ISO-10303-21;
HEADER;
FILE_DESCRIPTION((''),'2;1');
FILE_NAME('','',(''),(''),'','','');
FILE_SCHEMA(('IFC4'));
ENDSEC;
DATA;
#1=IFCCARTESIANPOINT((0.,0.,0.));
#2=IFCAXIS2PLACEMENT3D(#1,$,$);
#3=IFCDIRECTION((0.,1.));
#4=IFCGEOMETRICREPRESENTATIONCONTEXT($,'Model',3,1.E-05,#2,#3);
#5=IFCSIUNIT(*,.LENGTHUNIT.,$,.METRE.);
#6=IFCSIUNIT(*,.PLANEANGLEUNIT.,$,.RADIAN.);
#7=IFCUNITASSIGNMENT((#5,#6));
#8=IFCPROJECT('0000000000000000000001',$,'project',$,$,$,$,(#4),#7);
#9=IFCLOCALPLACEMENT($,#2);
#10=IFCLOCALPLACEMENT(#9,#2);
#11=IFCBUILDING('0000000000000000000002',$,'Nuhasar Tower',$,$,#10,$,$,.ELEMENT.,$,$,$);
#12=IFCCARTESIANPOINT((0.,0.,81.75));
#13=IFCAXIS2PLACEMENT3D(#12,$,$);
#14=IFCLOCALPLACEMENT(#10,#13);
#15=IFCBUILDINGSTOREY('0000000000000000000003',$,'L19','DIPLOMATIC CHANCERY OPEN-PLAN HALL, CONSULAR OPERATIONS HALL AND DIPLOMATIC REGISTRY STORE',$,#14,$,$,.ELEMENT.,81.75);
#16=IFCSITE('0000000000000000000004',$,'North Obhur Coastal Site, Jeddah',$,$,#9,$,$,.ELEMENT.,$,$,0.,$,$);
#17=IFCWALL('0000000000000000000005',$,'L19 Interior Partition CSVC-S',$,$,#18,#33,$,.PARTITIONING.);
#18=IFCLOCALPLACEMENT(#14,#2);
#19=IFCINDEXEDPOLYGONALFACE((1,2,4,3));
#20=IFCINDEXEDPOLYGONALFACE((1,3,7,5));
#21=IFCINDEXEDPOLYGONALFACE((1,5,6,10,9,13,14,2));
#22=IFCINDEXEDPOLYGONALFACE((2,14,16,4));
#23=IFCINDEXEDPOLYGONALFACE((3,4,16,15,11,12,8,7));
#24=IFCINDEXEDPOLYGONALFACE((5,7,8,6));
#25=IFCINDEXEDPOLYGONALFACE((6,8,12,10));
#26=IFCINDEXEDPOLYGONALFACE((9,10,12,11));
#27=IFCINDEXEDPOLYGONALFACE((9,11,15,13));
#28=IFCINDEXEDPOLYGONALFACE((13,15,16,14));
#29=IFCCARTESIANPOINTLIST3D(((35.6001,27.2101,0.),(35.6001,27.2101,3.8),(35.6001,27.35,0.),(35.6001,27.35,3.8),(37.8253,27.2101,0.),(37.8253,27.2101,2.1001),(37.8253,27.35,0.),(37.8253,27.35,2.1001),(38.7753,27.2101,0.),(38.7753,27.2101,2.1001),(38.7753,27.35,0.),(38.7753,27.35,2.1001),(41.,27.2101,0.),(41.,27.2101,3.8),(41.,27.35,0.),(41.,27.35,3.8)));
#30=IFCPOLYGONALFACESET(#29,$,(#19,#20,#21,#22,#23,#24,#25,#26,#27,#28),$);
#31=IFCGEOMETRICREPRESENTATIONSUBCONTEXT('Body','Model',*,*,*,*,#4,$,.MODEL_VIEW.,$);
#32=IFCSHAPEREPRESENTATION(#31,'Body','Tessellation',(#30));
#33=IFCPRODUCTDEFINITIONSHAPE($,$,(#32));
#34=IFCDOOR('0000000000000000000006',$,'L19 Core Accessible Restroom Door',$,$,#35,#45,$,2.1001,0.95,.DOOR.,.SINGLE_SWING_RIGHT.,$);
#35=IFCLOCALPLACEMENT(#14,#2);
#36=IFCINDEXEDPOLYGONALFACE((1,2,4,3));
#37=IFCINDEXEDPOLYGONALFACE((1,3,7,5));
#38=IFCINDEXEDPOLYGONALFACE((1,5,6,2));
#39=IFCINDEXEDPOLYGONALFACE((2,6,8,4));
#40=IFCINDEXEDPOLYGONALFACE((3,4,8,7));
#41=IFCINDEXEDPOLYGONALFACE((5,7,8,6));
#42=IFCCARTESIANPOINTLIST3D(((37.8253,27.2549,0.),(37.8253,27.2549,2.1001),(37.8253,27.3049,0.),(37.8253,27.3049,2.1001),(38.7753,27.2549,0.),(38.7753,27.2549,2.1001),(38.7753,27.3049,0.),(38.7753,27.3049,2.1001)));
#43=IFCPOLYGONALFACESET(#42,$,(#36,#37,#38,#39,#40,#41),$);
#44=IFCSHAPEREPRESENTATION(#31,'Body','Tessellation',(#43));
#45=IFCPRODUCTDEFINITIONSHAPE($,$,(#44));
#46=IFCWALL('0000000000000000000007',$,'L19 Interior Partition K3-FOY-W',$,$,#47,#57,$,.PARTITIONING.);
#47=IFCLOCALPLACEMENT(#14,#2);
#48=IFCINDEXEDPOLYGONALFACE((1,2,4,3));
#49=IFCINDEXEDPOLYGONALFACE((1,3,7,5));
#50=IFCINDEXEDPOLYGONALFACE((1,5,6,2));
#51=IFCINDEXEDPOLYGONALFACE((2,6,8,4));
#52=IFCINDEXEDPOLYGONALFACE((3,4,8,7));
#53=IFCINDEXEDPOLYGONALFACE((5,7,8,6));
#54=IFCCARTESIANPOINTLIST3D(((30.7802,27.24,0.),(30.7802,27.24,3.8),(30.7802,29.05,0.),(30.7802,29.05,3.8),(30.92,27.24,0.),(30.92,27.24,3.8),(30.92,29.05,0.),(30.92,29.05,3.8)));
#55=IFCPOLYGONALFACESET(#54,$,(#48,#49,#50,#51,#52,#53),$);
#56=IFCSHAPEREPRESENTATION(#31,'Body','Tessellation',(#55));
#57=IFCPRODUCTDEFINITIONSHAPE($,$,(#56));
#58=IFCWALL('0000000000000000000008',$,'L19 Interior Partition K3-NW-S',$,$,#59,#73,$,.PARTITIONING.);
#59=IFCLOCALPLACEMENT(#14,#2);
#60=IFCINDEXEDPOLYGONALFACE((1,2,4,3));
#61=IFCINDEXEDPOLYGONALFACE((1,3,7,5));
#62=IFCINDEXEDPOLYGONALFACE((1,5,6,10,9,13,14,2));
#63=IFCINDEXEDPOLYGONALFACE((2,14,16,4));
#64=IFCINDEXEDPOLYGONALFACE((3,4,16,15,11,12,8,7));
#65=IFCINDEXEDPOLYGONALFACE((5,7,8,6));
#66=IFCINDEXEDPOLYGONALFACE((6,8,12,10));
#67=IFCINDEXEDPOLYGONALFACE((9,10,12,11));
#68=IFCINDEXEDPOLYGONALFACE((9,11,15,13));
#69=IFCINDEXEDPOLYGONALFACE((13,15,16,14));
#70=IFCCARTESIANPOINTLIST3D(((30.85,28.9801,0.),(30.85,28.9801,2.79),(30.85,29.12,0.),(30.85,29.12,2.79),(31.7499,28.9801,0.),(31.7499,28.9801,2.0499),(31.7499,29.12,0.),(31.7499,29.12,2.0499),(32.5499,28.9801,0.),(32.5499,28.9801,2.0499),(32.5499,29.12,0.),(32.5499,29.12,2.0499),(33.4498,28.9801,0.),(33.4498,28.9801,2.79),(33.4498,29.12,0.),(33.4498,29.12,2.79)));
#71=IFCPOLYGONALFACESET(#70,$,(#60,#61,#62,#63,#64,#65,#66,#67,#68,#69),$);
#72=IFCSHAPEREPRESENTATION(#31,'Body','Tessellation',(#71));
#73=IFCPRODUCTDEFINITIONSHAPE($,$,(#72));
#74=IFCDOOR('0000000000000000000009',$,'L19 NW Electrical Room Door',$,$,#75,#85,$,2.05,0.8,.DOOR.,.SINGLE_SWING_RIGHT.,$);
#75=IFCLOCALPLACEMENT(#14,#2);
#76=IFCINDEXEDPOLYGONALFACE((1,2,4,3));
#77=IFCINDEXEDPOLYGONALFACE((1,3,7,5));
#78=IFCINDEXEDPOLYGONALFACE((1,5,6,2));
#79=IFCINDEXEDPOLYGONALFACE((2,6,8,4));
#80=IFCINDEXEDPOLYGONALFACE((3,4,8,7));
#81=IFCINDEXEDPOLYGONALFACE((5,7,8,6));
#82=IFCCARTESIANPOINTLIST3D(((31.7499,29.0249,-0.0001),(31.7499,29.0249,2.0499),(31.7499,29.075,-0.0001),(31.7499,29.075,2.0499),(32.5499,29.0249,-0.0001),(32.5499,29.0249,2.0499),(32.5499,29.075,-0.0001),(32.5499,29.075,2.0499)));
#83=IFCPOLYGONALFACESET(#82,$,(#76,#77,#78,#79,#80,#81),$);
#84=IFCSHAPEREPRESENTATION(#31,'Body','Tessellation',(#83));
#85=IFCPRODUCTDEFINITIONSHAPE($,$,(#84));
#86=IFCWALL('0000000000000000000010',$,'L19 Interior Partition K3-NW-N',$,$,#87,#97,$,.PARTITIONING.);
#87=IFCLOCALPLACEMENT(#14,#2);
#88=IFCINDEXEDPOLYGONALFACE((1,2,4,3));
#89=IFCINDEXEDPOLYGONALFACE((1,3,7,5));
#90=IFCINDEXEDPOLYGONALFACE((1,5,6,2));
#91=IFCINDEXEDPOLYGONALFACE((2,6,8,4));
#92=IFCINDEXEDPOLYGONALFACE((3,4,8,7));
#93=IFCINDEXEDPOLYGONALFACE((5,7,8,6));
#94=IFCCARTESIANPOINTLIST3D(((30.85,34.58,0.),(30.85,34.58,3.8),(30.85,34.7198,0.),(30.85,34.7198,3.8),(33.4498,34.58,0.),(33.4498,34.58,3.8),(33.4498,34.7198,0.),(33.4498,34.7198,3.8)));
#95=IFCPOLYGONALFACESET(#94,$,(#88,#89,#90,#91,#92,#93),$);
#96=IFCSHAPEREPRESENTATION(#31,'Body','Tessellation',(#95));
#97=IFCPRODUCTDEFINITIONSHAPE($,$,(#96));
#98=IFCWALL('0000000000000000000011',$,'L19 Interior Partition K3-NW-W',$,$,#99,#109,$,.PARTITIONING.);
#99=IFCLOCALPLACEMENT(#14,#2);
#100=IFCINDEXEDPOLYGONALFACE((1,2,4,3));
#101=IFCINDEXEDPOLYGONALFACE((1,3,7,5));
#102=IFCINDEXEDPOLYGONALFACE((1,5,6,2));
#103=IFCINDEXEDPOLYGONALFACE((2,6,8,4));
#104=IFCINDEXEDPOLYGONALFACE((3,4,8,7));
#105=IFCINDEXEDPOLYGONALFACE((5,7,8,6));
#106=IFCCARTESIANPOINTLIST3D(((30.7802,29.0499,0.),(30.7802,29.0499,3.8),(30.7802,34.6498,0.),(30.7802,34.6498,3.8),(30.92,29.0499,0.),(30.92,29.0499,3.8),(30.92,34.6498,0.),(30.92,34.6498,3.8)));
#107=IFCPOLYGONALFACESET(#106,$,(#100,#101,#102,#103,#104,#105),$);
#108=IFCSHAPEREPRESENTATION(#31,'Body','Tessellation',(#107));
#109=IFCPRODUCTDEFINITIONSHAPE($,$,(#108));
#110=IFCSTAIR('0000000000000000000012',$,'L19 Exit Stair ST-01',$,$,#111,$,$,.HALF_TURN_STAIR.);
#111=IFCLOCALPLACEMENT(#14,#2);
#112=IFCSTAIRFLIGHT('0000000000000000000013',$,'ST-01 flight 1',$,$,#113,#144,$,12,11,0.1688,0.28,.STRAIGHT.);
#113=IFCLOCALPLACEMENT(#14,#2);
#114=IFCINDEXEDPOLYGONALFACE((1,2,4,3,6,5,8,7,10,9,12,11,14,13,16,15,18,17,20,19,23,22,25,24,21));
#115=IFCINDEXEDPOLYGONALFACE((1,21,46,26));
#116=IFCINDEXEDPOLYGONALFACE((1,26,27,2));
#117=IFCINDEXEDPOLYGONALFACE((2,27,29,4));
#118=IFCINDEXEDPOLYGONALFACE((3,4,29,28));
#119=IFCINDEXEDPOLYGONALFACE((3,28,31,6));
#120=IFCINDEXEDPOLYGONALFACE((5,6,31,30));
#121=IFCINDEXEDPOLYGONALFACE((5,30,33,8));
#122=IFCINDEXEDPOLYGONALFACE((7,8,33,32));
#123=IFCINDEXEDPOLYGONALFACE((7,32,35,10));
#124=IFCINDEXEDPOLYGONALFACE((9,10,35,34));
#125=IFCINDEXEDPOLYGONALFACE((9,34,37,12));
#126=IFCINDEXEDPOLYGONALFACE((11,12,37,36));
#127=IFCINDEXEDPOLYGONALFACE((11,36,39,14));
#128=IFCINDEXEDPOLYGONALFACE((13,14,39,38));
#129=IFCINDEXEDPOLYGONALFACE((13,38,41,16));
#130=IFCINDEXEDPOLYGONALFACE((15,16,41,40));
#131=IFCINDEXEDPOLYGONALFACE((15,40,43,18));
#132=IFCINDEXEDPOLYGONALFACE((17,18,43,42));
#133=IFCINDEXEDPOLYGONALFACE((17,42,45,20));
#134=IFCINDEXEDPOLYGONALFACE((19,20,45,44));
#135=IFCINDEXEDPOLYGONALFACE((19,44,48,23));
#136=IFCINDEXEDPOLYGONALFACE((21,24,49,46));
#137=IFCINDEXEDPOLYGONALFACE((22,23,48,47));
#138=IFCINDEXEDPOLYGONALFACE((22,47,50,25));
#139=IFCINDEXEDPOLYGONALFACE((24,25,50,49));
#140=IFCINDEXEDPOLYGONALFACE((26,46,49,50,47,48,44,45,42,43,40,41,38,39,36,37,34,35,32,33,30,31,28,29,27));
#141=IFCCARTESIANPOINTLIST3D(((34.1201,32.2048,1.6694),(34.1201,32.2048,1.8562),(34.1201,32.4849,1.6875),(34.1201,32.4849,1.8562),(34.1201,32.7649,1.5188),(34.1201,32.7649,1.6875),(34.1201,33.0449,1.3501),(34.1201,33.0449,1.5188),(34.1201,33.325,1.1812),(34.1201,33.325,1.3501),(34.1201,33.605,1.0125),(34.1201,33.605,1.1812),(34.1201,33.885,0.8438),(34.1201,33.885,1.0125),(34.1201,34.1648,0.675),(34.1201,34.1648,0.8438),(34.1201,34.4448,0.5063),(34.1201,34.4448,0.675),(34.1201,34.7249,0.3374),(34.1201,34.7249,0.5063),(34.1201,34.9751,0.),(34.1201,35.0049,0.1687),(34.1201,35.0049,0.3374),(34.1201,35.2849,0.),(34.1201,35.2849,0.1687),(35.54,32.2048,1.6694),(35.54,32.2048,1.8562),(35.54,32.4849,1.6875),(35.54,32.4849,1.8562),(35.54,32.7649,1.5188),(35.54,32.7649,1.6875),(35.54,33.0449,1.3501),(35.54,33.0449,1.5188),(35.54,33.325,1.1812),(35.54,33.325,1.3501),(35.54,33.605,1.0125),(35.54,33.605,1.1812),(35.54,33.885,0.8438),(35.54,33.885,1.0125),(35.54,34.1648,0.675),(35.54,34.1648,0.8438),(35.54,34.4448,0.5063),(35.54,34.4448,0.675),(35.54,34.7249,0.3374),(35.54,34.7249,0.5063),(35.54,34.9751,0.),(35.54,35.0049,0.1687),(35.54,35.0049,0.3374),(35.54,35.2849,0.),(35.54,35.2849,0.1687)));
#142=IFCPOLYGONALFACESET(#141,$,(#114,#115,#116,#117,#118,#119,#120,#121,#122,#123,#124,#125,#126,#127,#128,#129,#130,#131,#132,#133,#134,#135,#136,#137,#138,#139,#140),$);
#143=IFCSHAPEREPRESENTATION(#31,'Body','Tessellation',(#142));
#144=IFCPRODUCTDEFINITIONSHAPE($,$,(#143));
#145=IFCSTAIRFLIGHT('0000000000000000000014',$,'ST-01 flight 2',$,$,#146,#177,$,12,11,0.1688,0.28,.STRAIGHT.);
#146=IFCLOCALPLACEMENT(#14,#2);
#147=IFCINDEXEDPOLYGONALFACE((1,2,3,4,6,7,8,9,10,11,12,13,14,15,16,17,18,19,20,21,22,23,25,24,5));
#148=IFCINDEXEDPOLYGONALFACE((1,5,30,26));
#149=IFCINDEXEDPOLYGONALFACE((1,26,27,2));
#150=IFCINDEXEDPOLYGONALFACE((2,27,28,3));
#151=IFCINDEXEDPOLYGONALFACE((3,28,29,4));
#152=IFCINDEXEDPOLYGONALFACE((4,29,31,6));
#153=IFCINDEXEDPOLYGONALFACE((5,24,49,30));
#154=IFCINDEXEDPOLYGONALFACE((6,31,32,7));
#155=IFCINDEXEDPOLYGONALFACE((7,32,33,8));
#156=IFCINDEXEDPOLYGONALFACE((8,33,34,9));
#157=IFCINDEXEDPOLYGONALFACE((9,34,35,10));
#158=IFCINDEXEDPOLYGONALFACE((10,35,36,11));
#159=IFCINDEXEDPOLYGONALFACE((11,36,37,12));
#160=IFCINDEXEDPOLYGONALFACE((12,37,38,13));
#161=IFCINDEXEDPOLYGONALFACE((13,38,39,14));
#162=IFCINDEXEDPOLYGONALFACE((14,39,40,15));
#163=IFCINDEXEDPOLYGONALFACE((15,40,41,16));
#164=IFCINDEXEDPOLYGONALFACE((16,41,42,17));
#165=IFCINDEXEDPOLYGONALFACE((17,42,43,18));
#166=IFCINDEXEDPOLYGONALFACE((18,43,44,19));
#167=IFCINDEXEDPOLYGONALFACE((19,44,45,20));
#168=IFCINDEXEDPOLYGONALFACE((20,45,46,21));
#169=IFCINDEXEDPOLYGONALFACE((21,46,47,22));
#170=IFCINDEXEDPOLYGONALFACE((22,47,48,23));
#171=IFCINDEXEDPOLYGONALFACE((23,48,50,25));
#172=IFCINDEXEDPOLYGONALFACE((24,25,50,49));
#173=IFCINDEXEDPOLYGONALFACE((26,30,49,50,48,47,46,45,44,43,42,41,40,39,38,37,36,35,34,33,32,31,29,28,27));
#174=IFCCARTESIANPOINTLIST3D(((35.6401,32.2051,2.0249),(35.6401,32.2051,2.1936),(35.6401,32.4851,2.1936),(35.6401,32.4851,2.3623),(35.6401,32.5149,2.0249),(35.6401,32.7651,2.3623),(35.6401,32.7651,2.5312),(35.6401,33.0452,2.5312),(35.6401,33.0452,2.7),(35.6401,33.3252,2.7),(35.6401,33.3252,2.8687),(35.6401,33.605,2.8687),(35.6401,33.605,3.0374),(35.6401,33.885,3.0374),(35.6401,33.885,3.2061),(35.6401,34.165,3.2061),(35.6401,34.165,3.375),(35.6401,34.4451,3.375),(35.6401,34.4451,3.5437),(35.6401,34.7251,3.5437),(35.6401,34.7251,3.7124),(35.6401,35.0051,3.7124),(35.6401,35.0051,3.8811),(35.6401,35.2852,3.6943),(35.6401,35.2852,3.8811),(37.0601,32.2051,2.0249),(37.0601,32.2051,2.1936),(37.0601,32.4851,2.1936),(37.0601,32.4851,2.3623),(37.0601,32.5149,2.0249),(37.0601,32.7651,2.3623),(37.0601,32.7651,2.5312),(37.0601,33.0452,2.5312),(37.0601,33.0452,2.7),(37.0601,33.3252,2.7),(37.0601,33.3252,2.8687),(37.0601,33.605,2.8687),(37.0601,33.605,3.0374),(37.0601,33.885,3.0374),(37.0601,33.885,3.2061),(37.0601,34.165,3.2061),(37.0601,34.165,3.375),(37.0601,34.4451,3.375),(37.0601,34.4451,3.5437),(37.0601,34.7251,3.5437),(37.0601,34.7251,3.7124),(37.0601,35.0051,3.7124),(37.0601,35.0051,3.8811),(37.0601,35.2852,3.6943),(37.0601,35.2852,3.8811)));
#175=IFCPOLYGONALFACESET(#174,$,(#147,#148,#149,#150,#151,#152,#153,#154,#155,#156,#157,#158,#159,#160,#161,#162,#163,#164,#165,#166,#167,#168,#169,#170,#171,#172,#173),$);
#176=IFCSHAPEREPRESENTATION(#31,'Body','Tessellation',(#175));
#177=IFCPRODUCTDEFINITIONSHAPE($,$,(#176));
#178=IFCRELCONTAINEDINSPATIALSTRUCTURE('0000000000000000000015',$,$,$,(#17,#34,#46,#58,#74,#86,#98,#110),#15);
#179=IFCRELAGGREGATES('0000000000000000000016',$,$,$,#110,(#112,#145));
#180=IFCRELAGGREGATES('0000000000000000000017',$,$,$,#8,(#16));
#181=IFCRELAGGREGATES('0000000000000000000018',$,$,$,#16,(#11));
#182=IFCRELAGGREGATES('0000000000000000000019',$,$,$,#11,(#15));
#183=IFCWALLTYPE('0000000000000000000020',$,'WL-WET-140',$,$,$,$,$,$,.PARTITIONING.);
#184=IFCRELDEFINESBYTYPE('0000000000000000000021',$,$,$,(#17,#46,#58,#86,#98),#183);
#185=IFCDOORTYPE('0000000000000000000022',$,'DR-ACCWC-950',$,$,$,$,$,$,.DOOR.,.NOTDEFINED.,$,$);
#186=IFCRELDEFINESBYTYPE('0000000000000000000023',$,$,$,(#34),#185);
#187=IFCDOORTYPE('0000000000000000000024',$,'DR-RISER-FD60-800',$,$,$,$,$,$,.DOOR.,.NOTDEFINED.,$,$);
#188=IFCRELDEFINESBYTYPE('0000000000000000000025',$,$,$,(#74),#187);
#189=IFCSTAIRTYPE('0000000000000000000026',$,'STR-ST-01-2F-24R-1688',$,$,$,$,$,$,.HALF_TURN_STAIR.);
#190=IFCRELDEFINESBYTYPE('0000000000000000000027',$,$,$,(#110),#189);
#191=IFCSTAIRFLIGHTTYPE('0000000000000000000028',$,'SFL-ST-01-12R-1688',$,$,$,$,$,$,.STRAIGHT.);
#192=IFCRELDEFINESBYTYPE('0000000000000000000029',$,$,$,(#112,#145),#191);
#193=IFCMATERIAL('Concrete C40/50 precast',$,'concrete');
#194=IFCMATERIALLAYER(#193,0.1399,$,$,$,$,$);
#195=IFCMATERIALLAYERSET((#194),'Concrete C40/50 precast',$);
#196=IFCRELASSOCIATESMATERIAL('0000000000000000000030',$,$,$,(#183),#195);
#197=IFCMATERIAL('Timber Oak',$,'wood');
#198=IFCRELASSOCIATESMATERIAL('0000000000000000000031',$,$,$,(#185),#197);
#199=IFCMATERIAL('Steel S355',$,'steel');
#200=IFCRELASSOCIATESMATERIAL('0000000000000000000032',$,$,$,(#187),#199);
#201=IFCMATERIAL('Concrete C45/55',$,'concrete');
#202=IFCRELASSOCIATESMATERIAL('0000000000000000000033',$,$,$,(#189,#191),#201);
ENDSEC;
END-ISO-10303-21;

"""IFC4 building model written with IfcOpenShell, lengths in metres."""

from ifc_helpers import new_model, si_unit, direction, frame, frame_2d, origin, place, context, subcontext, project, spatial, polyline, rectangle, outline, extrude, material, layer, layer_set, type_object, element, fill, aggregate, save


model = new_model("IFC4")

# Units and contexts
model_context = context("Model", 3, precision=1e-05, world=origin(), true_north=direction((0.0, 1.0)))
body_context = subcontext(model_context, "Body", "Model", "MODEL_VIEW")
ifc_project = project(units=[si_unit("LENGTHUNIT", "METRE"), si_unit("PLANEANGLEUNIT", "RADIAN")], contexts=[model_context])

# Site, building, storey
site_placement = place(None, origin())
site = spatial("IfcSite", under=ifc_project, at=site_placement, Name="North Obhur Coastal Site, Jeddah", CompositionType="ELEMENT", RefElevation=0.0)
building_placement = place(site_placement, origin())
building = spatial("IfcBuilding", under=site, at=building_placement, Name="Nuhasar Tower", CompositionType="ELEMENT")
storey_placement = place(building_placement, frame((0.0, 0.0, 81.75)))
storey = spatial("IfcBuildingStorey", under=building, at=storey_placement, Name="L19", Description="DIPLOMATIC CHANCERY OPEN-PLAN HALL, CONSULAR OPERATIONS HALL AND DIPLOMATIC REGISTRY STORE", CompositionType="ELEMENT", Elevation=81.75)

# Shared definitions
ifc_material_1 = material(Name="Steel S355", Category="steel")

# Shared definitions
ifc_material_2 = material(Name="Concrete C40/50 precast", Category="concrete")
ifc_layer_1 = layer(ifc_material_2, 0.1399)
ifc_layer_set_1 = layer_set([ifc_layer_1], Name="Concrete C40/50 precast")
wall_type_1 = type_object("IfcWallType", Name="WL-WET-140", PredefinedType="PARTITIONING", material=ifc_layer_set_1)

# Wall, opening, door
wall_1_placement = place(storey_placement, frame((35.6001, 27.28, 0.0), z_axis=(0.0, 0.0, 1.0), x_axis=(1.0, 0.0, 0.0)))
wall_1 = element("IfcWall", 1, at=wall_1_placement, inside=storey, type_object=wall_type_1, Name="L19 Interior Partition CSVC-S", PredefinedType="PARTITIONING", context=body_context, shape_type="SweptSolid", body=[
    extrude(rectangle(XDim=5.3999, YDim=0.1399, at=frame_2d((2.7, 0.0))), origin(), (0.0, 0.0, 1.0), 3.8),
])
opening_1_placement = place(wall_1_placement, frame((2.2251, 0.0, 0.0)))
opening_1 = element("IfcOpeningElement", 2, at=opening_1_placement, cuts=wall_1, PredefinedType="OPENING", context=body_context, shape_type="SweptSolid", body=[
    extrude(rectangle(XDim=0.95, YDim=2.1001, at=frame_2d((0.4751, 1.05))), frame((0.0, 0.0801, 0.0), z_axis=(0.0, -1.0, 0.0), x_axis=(1.0, 0.0, 0.0)), (0.0, 0.0, 1.0), 0.1599),
])
ifc_material_3 = material(Name="Timber Oak", Category="wood")
door_type_1 = type_object("IfcDoorType", Name="DR-ACCWC-950", OperationType="NOTDEFINED", PredefinedType="DOOR", material=ifc_material_3)
door_1_placement = place(opening_1_placement, origin())
door_1 = element("IfcDoor", 3, at=door_1_placement, inside=storey, type_object=door_type_1, Name="L19 Core Accessible Restroom Door", OperationType="SINGLE_SWING_RIGHT", OverallHeight=2.1001, OverallWidth=0.95, PredefinedType="DOOR", context=body_context, shape_type="SweptSolid", body=[
    extrude(rectangle(XDim=0.95, YDim=2.1001, at=frame_2d((0.4751, 1.05))), frame((0.0, 0.0249, 0.0), z_axis=(0.0, -1.0, 0.0), x_axis=(1.0, 0.0, 0.0)), (0.0, 0.0, 1.0), 0.05),
])
fill(opening_1, door_1)

# Wall
wall_2_placement = place(storey_placement, frame((30.8501, 27.24, 0.0), z_axis=(0.0, 0.0, 1.0), x_axis=(0.0, 1.0, 0.0)))
element("IfcWall", 4, at=wall_2_placement, inside=storey, type_object=wall_type_1, Name="L19 Interior Partition K3-FOY-W", PredefinedType="PARTITIONING", context=body_context, shape_type="SweptSolid", body=[
    extrude(rectangle(XDim=1.8101, YDim=0.1399, at=frame_2d((0.905, 0.0))), origin(), (0.0, 0.0, 1.0), 3.8),
])

# Wall, opening, door
wall_3_placement = place(storey_placement, frame((30.8501, 29.05, 0.0), z_axis=(0.0, 0.0, 1.0), x_axis=(1.0, 0.0, 0.0)))
wall_3 = element("IfcWall", 5, at=wall_3_placement, inside=storey, type_object=wall_type_1, Name="L19 Interior Partition K3-NW-S", PredefinedType="PARTITIONING", context=body_context, shape_type="SweptSolid", body=[
    extrude(rectangle(XDim=2.5999, YDim=0.1399, at=frame_2d((1.2998, 0.0))), origin(), (0.0, 0.0, 1.0), 2.79),
])
opening_2_placement = place(wall_3_placement, frame((0.8999, 0.0, 0.0)))
opening_2 = element("IfcOpeningElement", 6, at=opening_2_placement, cuts=wall_3, PredefinedType="OPENING", context=body_context, shape_type="SweptSolid", body=[
    extrude(rectangle(XDim=0.8, YDim=2.05, at=frame_2d((0.3999, 1.0249))), frame((0.0, 0.0801, 0.0), z_axis=(0.0, -1.0, 0.0), x_axis=(1.0, 0.0, 0.0)), (0.0, 0.0, 1.0), 0.1599),
])
door_type_2 = type_object("IfcDoorType", Name="DR-RISER-FD60-800", OperationType="NOTDEFINED", PredefinedType="DOOR", material=ifc_material_1)
door_2_placement = place(opening_2_placement, origin())
door_2 = element("IfcDoor", 7, at=door_2_placement, inside=storey, type_object=door_type_2, Name="L19 NW Electrical Room Door", OperationType="SINGLE_SWING_RIGHT", OverallHeight=2.05, OverallWidth=0.8, PredefinedType="DOOR", context=body_context, shape_type="SweptSolid", body=[
    extrude(rectangle(XDim=0.8, YDim=2.05, at=frame_2d((0.3999, 1.0249))), frame((0.0, 0.0249, 0.0), z_axis=(0.0, -1.0, 0.0), x_axis=(1.0, 0.0, 0.0)), (0.0, 0.0, 1.0), 0.05),
])
fill(opening_2, door_2)

# Walls
wall_4_placement = place(storey_placement, frame((30.8501, 34.6499, 0.0), z_axis=(0.0, 0.0, 1.0), x_axis=(1.0, 0.0, 0.0)))
element("IfcWall", 8, at=wall_4_placement, inside=storey, type_object=wall_type_1, Name="L19 Interior Partition K3-NW-N", PredefinedType="PARTITIONING", context=body_context, shape_type="SweptSolid", body=[
    extrude(rectangle(XDim=2.5999, YDim=0.1399, at=frame_2d((1.2998, 0.0))), origin(), (0.0, 0.0, 1.0), 3.8),
])
wall_5_placement = place(storey_placement, frame((30.8501, 29.05, 0.0), z_axis=(0.0, 0.0, 1.0), x_axis=(0.0, 1.0, 0.0)))
element("IfcWall", 9, at=wall_5_placement, inside=storey, type_object=wall_type_1, Name="L19 Interior Partition K3-NW-W", PredefinedType="PARTITIONING", context=body_context, shape_type="SweptSolid", body=[
    extrude(rectangle(XDim=5.5999, YDim=0.1399, at=frame_2d((2.7998, 0.0))), origin(), (0.0, 0.0, 1.0), 3.8),
])

# Stair, stair flights
ifc_material_4 = material(Name="Concrete C45/55", Category="concrete")
stair_type_1 = type_object("IfcStairType", Name="STR-ST-01-2F-24R-1688", PredefinedType="HALF_TURN_STAIR", material=ifc_material_4)
stair_1_placement = place(storey_placement, origin())
stair_1 = element("IfcStair", 10, at=stair_1_placement, inside=storey, type_object=stair_type_1, Name="L19 Exit Stair ST-01", PredefinedType="HALF_TURN_STAIR")
stair_flight_type_1 = type_object("IfcStairFlightType", Name="SFL-ST-01-12R-1688", PredefinedType="STRAIGHT", material=ifc_material_4)
stair_flight_1_placement = place(storey_placement, frame((34.8301, 35.2849, 0.0), z_axis=(0.0, 0.0, 1.0), x_axis=(0.0, -1.0, 0.0)))
stair_flight_1 = element("IfcStairFlight", 11, at=stair_flight_1_placement, type_object=stair_flight_type_1, Name="ST-01 flight 1", NumberOfRisers=12, NumberOfTreads=11, PredefinedType="STRAIGHT", RiserHeight=0.1688, TreadLength=0.28, context=body_context, shape_type="SweptSolid", body=[
    extrude(outline(polyline([(0.0, 0.0), (0.0, 0.1687), (0.28, 0.1687), (0.28, 0.3374), (0.5601, 0.3374), (0.5601, 0.5063), (0.8401, 0.5063), (0.8401, 0.675), (1.1201, 0.675), (1.1201, 0.8438), (1.3999, 0.8438), (1.3999, 1.0125), (1.6799, 1.0125), (1.6799, 1.1812), (1.96, 1.1812), (1.96, 1.3501), (2.24, 1.3501), (2.24, 1.5188), (2.52, 1.5188), (2.52, 1.6875), (2.8, 1.6875), (2.8, 1.8562), (3.0801, 1.8562), (3.0801, 2.0249), (3.0801, 1.6694), (0.3098, 0.0), (0.0, 0.0)])), frame((0.0, 0.71, 0.0), z_axis=(0.0, -1.0, 0.0), x_axis=(1.0, 0.0, 0.0)), (0.0, 0.0, 1.0), 1.4199),
])
stair_flight_2_placement = place(storey_placement, frame((36.3501, 32.2051, 2.0249), z_axis=(0.0, 0.0, 1.0), x_axis=(0.0, 1.0, 0.0)))
stair_flight_2 = element("IfcStairFlight", 12, at=stair_flight_2_placement, type_object=stair_flight_type_1, Name="ST-01 flight 2", NumberOfRisers=12, NumberOfTreads=11, PredefinedType="STRAIGHT", RiserHeight=0.1688, TreadLength=0.28, context=body_context, shape_type="SweptSolid", body=[
    extrude(outline(polyline([(0.0, 0.0), (0.0, 0.1687), (0.28, 0.1687), (0.28, 0.3374), (0.5601, 0.3374), (0.5601, 0.5063), (0.8401, 0.5063), (0.8401, 0.675), (1.1201, 0.675), (1.1201, 0.8438), (1.3999, 0.8438), (1.3999, 1.0125), (1.6799, 1.0125), (1.6799, 1.1812), (1.96, 1.1812), (1.96, 1.3501), (2.24, 1.3501), (2.24, 1.5188), (2.52, 1.5188), (2.52, 1.6875), (2.8, 1.6875), (2.8, 1.8562), (3.0801, 1.8562), (3.0801, 2.0249), (3.0801, 1.6694), (0.3098, 0.0), (0.0, 0.0)])), frame((0.0, 0.71, 0.0), z_axis=(0.0, -1.0, 0.0), x_axis=(1.0, 0.0, 0.0)), (0.0, 0.0, 1.0), 1.4199),
])
aggregate(stair_1, [stair_flight_1, stair_flight_2])

save(model, "model.ifc")
